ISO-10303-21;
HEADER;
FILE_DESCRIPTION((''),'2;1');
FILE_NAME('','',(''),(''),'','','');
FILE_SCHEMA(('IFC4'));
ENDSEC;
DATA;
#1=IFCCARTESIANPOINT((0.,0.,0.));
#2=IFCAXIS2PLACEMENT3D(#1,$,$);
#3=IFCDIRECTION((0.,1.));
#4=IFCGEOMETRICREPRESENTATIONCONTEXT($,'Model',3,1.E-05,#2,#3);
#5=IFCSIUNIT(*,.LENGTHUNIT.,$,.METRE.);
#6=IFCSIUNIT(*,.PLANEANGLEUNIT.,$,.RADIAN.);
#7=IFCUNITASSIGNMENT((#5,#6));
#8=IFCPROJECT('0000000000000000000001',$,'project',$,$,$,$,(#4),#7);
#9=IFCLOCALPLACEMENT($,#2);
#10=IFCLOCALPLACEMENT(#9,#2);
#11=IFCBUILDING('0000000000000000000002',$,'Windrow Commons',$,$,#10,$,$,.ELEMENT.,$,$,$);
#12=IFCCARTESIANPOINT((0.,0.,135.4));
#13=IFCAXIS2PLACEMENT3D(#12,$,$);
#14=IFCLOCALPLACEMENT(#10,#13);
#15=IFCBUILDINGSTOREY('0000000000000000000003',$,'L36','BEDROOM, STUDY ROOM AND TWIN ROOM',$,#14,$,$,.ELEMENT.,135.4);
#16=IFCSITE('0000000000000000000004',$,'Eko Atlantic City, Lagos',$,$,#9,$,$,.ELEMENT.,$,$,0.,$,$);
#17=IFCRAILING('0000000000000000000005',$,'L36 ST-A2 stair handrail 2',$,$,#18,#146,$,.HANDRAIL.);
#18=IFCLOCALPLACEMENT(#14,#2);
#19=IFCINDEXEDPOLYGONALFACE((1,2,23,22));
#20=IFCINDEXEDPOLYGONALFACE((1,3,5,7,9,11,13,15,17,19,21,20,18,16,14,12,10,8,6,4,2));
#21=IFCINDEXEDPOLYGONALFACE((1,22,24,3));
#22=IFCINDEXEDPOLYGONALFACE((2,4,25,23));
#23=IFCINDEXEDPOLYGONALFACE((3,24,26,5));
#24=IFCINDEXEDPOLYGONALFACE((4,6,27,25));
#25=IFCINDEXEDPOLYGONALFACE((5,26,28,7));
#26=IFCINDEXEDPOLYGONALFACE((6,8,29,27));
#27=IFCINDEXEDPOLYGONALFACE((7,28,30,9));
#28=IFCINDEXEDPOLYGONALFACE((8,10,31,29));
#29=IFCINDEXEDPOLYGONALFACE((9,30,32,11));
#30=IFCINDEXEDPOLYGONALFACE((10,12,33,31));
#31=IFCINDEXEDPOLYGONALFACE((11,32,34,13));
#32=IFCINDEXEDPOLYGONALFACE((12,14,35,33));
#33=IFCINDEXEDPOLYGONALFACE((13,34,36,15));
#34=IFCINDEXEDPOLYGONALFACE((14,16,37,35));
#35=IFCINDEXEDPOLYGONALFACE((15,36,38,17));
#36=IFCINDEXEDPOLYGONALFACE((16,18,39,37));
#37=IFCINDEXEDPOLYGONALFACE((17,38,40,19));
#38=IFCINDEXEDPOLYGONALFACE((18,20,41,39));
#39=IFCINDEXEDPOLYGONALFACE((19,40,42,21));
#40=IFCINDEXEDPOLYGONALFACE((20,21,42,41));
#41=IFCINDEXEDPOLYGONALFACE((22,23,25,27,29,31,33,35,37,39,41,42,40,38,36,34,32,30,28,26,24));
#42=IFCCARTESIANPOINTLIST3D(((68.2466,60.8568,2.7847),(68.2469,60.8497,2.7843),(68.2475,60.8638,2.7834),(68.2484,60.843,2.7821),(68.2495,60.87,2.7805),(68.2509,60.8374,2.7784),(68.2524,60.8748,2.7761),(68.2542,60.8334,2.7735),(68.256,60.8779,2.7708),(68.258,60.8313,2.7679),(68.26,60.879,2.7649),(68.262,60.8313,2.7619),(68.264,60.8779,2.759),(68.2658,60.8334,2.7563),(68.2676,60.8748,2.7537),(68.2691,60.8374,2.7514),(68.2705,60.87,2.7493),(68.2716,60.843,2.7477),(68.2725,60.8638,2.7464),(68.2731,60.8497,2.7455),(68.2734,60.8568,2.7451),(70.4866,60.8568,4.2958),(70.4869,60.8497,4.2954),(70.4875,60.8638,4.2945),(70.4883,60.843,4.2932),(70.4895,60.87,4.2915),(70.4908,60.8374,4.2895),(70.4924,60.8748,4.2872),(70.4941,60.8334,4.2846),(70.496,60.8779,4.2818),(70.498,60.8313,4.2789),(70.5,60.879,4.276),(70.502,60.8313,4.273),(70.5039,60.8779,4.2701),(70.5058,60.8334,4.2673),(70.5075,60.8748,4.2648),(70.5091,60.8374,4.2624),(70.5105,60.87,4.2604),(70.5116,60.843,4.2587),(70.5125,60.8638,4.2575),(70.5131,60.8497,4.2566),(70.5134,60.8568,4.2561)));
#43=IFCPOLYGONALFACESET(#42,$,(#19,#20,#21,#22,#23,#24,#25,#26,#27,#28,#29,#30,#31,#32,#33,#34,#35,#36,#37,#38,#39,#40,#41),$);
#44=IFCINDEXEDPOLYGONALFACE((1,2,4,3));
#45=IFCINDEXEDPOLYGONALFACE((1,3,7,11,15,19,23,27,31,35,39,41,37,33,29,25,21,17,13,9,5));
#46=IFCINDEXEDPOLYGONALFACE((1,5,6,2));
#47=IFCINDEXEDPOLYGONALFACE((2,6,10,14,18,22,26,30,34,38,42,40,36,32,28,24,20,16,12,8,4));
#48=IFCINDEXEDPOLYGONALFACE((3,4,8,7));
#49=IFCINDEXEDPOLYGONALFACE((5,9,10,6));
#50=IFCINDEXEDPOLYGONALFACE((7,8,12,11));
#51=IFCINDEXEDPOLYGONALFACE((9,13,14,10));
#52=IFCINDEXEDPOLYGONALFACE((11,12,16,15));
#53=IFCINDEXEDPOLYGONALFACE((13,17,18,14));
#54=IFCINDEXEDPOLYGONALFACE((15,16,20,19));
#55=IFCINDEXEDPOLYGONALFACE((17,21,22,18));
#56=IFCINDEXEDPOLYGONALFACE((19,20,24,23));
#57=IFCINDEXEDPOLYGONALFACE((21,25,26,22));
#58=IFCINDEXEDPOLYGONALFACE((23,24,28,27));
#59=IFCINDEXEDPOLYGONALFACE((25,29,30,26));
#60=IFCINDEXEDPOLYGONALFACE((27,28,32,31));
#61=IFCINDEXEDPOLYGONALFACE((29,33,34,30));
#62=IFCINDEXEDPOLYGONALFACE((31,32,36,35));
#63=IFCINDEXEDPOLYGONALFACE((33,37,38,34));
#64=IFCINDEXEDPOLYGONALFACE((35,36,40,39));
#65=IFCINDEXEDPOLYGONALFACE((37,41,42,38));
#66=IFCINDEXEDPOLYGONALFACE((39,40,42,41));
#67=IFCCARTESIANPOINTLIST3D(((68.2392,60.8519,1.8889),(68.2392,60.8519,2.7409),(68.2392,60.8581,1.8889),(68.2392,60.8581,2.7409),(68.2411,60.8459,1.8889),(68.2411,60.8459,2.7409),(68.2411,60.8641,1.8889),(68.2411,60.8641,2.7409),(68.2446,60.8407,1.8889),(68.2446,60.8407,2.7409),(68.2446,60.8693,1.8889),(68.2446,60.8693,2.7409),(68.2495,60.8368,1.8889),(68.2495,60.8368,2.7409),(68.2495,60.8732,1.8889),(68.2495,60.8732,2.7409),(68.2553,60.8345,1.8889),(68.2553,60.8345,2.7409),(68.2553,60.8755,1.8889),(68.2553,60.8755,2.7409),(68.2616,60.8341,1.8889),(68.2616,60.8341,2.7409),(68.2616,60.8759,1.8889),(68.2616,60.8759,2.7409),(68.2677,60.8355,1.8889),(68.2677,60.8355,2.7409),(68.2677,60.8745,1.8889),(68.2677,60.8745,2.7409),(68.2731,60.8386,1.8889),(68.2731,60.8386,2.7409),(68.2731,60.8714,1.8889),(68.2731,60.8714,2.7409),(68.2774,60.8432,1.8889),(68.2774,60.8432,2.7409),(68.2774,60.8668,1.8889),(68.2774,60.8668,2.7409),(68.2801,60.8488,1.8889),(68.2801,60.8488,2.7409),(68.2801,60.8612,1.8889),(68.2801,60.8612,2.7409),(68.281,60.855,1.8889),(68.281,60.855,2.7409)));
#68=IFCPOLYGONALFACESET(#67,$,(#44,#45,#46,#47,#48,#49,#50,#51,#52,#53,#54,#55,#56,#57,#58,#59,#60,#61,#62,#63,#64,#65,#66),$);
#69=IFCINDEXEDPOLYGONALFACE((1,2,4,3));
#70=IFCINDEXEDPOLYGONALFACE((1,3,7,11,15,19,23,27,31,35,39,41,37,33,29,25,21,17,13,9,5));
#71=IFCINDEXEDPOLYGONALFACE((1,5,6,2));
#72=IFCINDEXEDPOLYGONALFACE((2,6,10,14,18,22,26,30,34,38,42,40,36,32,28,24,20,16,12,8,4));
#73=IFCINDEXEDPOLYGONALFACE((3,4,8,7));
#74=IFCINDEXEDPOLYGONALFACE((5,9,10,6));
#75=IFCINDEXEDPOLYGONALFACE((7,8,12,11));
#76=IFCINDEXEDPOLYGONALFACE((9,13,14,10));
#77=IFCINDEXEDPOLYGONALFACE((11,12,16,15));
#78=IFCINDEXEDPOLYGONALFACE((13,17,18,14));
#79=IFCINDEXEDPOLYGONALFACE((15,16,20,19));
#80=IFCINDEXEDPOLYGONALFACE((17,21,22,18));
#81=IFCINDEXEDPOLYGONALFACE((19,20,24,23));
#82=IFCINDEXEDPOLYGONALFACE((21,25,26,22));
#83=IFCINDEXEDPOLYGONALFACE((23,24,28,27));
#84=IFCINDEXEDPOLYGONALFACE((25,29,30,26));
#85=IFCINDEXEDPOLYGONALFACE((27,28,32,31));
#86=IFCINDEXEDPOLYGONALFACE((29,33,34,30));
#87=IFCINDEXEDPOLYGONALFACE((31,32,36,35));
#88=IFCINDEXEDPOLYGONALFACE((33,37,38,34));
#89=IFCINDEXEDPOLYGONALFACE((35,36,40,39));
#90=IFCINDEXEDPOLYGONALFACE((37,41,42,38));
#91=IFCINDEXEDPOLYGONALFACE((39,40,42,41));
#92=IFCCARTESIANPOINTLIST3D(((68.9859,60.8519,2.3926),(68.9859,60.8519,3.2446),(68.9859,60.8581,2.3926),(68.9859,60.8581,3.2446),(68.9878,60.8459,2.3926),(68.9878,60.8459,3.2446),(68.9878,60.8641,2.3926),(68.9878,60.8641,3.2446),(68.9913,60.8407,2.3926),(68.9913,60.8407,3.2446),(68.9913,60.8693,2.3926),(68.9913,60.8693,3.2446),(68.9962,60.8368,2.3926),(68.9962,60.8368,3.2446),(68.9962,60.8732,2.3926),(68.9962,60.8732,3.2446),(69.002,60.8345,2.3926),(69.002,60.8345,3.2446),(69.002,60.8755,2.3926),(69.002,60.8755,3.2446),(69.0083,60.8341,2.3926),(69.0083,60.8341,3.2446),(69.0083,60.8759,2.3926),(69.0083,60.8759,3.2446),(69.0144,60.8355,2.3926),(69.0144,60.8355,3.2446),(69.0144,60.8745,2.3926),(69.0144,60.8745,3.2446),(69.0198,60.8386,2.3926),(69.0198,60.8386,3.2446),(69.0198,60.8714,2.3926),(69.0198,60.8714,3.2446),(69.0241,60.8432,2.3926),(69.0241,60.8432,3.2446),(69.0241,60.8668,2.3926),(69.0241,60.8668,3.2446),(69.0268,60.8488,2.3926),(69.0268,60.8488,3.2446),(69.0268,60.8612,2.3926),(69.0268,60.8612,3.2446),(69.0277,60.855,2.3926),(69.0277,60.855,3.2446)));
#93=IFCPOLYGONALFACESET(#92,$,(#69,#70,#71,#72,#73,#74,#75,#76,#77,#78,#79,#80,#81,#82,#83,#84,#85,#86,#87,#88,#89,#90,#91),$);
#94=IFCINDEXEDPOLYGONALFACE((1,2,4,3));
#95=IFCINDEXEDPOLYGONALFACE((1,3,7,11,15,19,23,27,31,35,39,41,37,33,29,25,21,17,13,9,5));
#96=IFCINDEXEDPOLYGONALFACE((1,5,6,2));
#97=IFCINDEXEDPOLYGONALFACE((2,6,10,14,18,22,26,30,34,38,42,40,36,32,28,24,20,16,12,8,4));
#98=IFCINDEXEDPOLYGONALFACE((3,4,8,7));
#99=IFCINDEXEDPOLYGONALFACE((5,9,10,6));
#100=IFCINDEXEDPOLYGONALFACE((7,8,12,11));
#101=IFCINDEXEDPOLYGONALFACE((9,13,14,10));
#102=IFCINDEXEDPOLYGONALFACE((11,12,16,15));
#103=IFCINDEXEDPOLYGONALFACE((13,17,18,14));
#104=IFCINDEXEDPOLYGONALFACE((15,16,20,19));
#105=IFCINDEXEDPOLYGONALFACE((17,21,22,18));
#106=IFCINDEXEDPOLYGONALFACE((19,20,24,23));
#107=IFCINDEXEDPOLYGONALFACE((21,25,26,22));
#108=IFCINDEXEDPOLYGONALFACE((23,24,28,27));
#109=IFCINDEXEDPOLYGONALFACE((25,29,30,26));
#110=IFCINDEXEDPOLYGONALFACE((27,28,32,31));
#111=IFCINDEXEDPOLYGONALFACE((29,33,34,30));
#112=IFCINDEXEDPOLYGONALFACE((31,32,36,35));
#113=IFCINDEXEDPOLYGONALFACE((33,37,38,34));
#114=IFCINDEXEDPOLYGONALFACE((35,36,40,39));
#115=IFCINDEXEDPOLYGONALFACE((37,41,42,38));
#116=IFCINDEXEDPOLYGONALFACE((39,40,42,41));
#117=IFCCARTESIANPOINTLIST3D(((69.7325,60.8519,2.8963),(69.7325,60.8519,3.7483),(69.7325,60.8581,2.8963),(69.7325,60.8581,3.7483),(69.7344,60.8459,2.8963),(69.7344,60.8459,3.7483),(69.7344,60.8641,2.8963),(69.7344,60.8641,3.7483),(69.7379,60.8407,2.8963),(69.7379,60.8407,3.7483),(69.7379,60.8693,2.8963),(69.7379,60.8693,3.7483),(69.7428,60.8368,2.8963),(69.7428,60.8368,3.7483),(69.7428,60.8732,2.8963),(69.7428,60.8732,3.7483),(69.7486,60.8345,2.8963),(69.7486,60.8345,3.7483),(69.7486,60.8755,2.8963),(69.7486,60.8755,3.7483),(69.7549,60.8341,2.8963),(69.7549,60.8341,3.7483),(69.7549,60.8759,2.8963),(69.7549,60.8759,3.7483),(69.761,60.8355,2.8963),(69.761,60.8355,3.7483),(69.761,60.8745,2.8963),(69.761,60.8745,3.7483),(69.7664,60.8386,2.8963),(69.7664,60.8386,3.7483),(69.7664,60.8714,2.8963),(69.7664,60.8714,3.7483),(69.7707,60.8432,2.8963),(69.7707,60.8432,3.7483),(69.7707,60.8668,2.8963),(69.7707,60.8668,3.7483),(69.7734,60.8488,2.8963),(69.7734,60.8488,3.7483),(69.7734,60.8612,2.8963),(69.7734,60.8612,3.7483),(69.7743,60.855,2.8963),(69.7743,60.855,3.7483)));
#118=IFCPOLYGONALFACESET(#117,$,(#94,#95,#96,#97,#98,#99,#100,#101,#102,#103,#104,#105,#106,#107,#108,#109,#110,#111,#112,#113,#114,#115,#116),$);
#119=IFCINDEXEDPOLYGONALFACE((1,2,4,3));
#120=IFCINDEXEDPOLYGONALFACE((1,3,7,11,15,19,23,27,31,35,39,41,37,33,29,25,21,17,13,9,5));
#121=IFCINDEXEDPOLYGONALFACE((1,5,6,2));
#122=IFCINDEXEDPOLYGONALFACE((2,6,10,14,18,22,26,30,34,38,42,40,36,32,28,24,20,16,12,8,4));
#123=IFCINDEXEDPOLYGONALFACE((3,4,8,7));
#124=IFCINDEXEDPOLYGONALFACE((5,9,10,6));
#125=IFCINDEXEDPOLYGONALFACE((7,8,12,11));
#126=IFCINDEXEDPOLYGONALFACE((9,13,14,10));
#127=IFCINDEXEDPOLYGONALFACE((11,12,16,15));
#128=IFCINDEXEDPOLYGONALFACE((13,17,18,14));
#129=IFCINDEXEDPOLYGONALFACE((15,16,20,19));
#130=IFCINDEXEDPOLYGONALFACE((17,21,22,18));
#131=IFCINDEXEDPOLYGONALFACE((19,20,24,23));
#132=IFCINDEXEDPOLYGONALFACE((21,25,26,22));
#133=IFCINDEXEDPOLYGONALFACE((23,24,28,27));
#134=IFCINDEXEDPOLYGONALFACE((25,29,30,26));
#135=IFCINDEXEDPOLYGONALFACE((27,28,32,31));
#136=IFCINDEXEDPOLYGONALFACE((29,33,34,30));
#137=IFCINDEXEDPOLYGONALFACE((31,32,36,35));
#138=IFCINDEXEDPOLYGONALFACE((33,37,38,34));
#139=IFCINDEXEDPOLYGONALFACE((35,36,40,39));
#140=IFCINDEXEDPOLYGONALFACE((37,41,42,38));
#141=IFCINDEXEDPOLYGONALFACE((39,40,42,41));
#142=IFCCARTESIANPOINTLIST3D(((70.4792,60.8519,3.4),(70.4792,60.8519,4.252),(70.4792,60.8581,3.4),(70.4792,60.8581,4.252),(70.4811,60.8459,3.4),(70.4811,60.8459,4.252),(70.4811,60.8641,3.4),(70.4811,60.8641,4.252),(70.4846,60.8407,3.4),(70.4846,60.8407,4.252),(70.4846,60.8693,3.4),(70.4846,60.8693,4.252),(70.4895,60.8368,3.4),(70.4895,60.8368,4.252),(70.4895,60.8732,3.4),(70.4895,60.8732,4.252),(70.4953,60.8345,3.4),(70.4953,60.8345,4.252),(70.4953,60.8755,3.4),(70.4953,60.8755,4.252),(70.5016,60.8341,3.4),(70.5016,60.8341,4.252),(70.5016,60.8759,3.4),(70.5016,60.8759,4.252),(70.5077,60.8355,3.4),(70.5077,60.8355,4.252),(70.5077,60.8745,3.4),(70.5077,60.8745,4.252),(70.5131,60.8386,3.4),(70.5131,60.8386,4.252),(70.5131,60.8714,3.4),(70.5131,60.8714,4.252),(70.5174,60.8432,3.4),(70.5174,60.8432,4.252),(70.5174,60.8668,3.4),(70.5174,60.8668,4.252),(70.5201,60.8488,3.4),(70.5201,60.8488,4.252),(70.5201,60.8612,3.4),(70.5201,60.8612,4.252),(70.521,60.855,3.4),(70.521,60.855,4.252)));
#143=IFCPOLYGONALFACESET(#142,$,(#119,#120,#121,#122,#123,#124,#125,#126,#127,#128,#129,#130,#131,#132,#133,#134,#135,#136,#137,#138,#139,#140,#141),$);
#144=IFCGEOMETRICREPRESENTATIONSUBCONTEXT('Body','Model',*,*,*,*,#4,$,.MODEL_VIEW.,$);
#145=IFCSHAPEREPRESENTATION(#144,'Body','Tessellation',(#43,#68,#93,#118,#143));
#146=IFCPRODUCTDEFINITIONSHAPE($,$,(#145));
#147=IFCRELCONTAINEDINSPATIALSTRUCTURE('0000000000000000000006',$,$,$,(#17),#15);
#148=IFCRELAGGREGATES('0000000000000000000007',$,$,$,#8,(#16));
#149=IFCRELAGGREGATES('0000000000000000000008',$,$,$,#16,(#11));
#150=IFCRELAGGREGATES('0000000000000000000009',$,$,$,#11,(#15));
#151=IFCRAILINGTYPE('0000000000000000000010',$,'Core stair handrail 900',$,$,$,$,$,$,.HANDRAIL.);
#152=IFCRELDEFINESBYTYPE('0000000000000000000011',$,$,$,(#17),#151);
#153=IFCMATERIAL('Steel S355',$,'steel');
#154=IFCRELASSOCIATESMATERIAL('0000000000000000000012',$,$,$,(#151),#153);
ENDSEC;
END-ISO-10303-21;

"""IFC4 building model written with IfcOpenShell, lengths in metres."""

from ifc_helpers import new_model, si_unit, direction, frame, origin, origin_2d, place, context, subcontext, project, spatial, circle, extrude, material, type_object, element, save


model = new_model("IFC4")

# Units and contexts
model_context = context("Model", 3, precision=1e-05, world=origin(), true_north=direction((0.0, 1.0)))
body_context = subcontext(model_context, "Body", "Model", "MODEL_VIEW")
ifc_project = project(units=[si_unit("LENGTHUNIT", "METRE"), si_unit("PLANEANGLEUNIT", "RADIAN")], contexts=[model_context])

# Site, building, storey
site_placement = place(None, origin())
site = spatial("IfcSite", under=ifc_project, at=site_placement, Name="Eko Atlantic City, Lagos", CompositionType="ELEMENT", RefElevation=0.0)
building_placement = place(site_placement, origin())
building = spatial("IfcBuilding", under=site, at=building_placement, Name="Windrow Commons", CompositionType="ELEMENT")
storey_placement = place(building_placement, frame((0.0, 0.0, 135.4)))
storey = spatial("IfcBuildingStorey", under=building, at=storey_placement, Name="L36", Description="BEDROOM, STUDY ROOM AND TWIN ROOM", CompositionType="ELEMENT", Elevation=135.4)

# Railing
ifc_material_1 = material(Name="Steel S355", Category="steel")
railing_type_1 = type_object("IfcRailingType", Name="Core stair handrail 900", PredefinedType="HANDRAIL", material=ifc_material_1)
railing_1_placement = place(storey_placement, frame((68.26, 60.855, 1.8889)))
element("IfcRailing", 1, at=railing_1_placement, inside=storey, type_object=railing_type_1, Name="L36 ST-A2 stair handrail 2", PredefinedType="HANDRAIL", context=body_context, shape_type="SweptSolid", body=[
    extrude(circle(Radius=0.024, at=origin_2d()), frame((0.0, 0.0, 0.876), z_axis=(0.829003, 0.0, 0.559244), x_axis=(0.0, 1.0, 0.0)), (0.0, 0.0, 1.0), 2.702),
    extrude(circle(Radius=0.021, at=origin_2d()), origin(), (0.0, 0.0, 1.0), 0.852),
    extrude(circle(Radius=0.021, at=origin_2d()), frame((0.7467, 0.0, 0.5037)), (0.0, 0.0, 1.0), 0.852),
    extrude(circle(Radius=0.021, at=origin_2d()), frame((1.4933, 0.0, 1.0074)), (0.0, 0.0, 1.0), 0.852),
    extrude(circle(Radius=0.021, at=origin_2d()), frame((2.24, 0.0, 1.5111)), (0.0, 0.0, 1.0), 0.852),
])

save(model, "model.ifc")
